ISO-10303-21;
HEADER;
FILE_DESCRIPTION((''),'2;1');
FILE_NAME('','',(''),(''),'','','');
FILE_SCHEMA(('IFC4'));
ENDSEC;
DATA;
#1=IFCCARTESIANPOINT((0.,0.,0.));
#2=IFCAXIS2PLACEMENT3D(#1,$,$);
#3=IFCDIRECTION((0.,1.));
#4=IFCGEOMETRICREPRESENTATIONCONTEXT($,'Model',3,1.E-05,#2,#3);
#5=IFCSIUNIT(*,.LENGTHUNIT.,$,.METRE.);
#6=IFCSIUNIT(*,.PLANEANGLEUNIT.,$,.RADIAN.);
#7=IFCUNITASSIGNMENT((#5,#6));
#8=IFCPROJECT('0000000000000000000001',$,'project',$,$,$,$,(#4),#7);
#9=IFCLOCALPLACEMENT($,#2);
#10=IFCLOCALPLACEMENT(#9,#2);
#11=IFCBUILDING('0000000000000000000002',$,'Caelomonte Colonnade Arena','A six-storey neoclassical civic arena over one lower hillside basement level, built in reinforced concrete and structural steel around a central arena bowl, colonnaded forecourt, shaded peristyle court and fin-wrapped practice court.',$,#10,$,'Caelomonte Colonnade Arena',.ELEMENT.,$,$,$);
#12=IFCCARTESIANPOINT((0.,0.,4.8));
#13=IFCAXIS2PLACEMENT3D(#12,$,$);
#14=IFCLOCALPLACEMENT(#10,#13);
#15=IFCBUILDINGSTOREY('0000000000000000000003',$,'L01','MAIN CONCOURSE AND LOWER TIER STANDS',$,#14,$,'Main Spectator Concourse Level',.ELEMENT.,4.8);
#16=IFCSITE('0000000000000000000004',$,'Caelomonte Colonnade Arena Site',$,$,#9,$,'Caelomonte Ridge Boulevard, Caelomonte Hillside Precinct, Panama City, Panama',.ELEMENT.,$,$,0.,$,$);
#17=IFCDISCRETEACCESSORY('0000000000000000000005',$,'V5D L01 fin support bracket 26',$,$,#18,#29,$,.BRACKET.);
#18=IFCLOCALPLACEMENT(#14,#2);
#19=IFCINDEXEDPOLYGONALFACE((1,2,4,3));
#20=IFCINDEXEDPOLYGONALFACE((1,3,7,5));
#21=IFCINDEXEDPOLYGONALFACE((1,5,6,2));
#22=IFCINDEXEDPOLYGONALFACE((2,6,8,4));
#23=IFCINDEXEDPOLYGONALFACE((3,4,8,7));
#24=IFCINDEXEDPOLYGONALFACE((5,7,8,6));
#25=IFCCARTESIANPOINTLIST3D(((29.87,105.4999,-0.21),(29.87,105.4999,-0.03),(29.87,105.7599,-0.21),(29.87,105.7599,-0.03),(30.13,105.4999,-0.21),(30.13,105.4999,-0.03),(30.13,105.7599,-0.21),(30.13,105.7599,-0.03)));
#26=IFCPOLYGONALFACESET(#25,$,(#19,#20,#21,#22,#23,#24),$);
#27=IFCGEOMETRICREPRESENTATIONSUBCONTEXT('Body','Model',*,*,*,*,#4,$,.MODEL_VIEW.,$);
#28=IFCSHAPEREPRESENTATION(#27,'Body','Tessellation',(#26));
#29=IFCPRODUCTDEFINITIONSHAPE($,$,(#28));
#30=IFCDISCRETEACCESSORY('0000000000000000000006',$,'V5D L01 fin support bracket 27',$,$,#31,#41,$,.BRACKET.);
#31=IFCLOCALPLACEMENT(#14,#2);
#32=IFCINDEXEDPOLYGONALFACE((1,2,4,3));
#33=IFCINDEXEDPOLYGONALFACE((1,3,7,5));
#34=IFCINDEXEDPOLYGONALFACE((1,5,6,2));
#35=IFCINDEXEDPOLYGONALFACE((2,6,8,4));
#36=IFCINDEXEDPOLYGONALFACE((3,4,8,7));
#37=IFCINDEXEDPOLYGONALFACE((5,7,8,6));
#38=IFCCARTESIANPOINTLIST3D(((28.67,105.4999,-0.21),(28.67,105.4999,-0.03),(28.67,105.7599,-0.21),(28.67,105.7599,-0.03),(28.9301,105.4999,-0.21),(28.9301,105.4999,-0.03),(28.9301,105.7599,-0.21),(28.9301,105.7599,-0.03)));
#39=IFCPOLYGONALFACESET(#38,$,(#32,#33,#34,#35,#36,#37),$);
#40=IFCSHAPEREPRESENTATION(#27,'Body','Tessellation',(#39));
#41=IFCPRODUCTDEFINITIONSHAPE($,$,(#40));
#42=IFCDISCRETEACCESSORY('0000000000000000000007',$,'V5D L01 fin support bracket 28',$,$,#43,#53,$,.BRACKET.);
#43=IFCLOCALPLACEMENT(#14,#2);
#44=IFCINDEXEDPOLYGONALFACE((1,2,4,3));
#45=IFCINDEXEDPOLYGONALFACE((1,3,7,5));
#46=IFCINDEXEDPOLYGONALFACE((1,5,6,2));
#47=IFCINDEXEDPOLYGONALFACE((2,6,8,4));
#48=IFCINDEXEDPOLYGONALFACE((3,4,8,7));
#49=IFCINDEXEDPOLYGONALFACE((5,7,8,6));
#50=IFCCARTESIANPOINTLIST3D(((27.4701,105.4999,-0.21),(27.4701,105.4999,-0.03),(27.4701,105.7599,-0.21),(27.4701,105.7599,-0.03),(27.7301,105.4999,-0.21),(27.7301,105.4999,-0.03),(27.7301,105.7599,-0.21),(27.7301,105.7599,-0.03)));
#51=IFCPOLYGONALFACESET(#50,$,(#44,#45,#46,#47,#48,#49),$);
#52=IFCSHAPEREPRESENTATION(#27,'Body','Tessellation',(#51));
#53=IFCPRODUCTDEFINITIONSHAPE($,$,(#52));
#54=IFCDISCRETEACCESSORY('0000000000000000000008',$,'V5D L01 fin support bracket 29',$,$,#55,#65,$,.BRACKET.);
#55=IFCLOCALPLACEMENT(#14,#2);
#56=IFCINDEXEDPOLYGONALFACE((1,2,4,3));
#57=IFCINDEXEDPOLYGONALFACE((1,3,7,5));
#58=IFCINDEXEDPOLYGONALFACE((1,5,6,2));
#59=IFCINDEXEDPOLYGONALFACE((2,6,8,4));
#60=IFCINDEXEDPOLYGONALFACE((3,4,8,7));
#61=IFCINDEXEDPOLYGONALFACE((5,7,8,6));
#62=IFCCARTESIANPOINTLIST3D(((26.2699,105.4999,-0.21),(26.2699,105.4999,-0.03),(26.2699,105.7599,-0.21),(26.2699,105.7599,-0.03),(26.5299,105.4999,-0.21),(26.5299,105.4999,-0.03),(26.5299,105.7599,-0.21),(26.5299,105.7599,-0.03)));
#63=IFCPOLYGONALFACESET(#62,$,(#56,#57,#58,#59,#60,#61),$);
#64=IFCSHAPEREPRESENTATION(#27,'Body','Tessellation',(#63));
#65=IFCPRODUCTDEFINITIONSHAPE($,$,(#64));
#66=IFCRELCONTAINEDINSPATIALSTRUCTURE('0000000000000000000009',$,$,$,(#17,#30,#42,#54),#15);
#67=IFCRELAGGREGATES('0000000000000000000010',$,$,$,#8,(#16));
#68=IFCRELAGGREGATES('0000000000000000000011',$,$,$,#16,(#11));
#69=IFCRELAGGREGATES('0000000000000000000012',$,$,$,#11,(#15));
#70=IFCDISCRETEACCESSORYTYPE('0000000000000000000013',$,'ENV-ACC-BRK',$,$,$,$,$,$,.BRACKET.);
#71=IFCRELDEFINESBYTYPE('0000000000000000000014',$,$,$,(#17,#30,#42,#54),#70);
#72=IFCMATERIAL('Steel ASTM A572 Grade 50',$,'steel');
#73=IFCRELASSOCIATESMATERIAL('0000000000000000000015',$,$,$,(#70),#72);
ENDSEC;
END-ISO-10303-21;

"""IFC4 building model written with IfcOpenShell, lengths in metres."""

from ifc_helpers import new_model, si_unit, direction, frame, origin, origin_2d, place, context, subcontext, project, spatial, rectangle, extrude, material, type_object, element, save


model = new_model("IFC4")

# Units and contexts
model_context = context("Model", 3, precision=1e-05, world=origin(), true_north=direction((0.0, 1.0)))
body_context = subcontext(model_context, "Body", "Model", "MODEL_VIEW")
ifc_project = project(units=[si_unit("LENGTHUNIT", "METRE"), si_unit("PLANEANGLEUNIT", "RADIAN")], contexts=[model_context])

# Site, building, storey
site_placement = place(None, origin())
site = spatial("IfcSite", under=ifc_project, at=site_placement, Name="Caelomonte Colonnade Arena Site", LongName="Caelomonte Ridge Boulevard, Caelomonte Hillside Precinct, Panama City, Panama", CompositionType="ELEMENT", RefElevation=0.0)
building_placement = place(site_placement, origin())
building = spatial("IfcBuilding", under=site, at=building_placement, Name="Caelomonte Colonnade Arena", Description="A six-storey neoclassical civic arena over one lower hillside basement level, built in reinforced concrete and structural steel around a central arena bowl, colonnaded forecourt, shaded peristyle court and fin-wrapped practice court.", LongName="Caelomonte Colonnade Arena", CompositionType="ELEMENT")
storey_placement = place(building_placement, frame((0.0, 0.0, 4.8)))
storey = spatial("IfcBuildingStorey", under=building, at=storey_placement, Name="L01", Description="MAIN CONCOURSE AND LOWER TIER STANDS", LongName="Main Spectator Concourse Level", CompositionType="ELEMENT", Elevation=4.8)

# Discrete accessories
ifc_material_1 = material(Name="Steel ASTM A572 Grade 50", Category="steel")
discrete_accessory_type = type_object("IfcDiscreteAccessoryType", Name="ENV-ACC-BRK", PredefinedType="BRACKET", material=ifc_material_1)
for number, where, z_axis, x_axis, name in (
    (1, (30.0, 105.6299, -0.21), (0.0, 0.0, 1.0), (-1.0, 0.0, 0.0), "V5D L01 fin support bracket 26"),
    (2, (28.8, 105.6299, -0.21), (0.0, 0.0, 1.0), (-1.0, 0.0, 0.0), "V5D L01 fin support bracket 27"),
    (3, (27.6001, 105.6299, -0.21), (0.0, 0.0, 1.0), (-1.0, 0.0, 0.0), "V5D L01 fin support bracket 28"),
    (4, (26.3999, 105.6299, -0.21), (0.0, 0.0, 1.0), (-1.0, 0.0, 0.0), "V5D L01 fin support bracket 29"),
):
    element("IfcDiscreteAccessory", number, at=place(storey_placement, frame(where, z_axis=z_axis, x_axis=x_axis)), inside=storey, type_object=discrete_accessory_type, Name=name, PredefinedType="BRACKET", context=body_context, shape_type="SweptSolid", body=[
        extrude(rectangle(XDim=0.26, YDim=0.26, at=origin_2d()), origin(), (0.0, 0.0, 1.0), 0.1799),
    ])

save(model, "model.ifc")
